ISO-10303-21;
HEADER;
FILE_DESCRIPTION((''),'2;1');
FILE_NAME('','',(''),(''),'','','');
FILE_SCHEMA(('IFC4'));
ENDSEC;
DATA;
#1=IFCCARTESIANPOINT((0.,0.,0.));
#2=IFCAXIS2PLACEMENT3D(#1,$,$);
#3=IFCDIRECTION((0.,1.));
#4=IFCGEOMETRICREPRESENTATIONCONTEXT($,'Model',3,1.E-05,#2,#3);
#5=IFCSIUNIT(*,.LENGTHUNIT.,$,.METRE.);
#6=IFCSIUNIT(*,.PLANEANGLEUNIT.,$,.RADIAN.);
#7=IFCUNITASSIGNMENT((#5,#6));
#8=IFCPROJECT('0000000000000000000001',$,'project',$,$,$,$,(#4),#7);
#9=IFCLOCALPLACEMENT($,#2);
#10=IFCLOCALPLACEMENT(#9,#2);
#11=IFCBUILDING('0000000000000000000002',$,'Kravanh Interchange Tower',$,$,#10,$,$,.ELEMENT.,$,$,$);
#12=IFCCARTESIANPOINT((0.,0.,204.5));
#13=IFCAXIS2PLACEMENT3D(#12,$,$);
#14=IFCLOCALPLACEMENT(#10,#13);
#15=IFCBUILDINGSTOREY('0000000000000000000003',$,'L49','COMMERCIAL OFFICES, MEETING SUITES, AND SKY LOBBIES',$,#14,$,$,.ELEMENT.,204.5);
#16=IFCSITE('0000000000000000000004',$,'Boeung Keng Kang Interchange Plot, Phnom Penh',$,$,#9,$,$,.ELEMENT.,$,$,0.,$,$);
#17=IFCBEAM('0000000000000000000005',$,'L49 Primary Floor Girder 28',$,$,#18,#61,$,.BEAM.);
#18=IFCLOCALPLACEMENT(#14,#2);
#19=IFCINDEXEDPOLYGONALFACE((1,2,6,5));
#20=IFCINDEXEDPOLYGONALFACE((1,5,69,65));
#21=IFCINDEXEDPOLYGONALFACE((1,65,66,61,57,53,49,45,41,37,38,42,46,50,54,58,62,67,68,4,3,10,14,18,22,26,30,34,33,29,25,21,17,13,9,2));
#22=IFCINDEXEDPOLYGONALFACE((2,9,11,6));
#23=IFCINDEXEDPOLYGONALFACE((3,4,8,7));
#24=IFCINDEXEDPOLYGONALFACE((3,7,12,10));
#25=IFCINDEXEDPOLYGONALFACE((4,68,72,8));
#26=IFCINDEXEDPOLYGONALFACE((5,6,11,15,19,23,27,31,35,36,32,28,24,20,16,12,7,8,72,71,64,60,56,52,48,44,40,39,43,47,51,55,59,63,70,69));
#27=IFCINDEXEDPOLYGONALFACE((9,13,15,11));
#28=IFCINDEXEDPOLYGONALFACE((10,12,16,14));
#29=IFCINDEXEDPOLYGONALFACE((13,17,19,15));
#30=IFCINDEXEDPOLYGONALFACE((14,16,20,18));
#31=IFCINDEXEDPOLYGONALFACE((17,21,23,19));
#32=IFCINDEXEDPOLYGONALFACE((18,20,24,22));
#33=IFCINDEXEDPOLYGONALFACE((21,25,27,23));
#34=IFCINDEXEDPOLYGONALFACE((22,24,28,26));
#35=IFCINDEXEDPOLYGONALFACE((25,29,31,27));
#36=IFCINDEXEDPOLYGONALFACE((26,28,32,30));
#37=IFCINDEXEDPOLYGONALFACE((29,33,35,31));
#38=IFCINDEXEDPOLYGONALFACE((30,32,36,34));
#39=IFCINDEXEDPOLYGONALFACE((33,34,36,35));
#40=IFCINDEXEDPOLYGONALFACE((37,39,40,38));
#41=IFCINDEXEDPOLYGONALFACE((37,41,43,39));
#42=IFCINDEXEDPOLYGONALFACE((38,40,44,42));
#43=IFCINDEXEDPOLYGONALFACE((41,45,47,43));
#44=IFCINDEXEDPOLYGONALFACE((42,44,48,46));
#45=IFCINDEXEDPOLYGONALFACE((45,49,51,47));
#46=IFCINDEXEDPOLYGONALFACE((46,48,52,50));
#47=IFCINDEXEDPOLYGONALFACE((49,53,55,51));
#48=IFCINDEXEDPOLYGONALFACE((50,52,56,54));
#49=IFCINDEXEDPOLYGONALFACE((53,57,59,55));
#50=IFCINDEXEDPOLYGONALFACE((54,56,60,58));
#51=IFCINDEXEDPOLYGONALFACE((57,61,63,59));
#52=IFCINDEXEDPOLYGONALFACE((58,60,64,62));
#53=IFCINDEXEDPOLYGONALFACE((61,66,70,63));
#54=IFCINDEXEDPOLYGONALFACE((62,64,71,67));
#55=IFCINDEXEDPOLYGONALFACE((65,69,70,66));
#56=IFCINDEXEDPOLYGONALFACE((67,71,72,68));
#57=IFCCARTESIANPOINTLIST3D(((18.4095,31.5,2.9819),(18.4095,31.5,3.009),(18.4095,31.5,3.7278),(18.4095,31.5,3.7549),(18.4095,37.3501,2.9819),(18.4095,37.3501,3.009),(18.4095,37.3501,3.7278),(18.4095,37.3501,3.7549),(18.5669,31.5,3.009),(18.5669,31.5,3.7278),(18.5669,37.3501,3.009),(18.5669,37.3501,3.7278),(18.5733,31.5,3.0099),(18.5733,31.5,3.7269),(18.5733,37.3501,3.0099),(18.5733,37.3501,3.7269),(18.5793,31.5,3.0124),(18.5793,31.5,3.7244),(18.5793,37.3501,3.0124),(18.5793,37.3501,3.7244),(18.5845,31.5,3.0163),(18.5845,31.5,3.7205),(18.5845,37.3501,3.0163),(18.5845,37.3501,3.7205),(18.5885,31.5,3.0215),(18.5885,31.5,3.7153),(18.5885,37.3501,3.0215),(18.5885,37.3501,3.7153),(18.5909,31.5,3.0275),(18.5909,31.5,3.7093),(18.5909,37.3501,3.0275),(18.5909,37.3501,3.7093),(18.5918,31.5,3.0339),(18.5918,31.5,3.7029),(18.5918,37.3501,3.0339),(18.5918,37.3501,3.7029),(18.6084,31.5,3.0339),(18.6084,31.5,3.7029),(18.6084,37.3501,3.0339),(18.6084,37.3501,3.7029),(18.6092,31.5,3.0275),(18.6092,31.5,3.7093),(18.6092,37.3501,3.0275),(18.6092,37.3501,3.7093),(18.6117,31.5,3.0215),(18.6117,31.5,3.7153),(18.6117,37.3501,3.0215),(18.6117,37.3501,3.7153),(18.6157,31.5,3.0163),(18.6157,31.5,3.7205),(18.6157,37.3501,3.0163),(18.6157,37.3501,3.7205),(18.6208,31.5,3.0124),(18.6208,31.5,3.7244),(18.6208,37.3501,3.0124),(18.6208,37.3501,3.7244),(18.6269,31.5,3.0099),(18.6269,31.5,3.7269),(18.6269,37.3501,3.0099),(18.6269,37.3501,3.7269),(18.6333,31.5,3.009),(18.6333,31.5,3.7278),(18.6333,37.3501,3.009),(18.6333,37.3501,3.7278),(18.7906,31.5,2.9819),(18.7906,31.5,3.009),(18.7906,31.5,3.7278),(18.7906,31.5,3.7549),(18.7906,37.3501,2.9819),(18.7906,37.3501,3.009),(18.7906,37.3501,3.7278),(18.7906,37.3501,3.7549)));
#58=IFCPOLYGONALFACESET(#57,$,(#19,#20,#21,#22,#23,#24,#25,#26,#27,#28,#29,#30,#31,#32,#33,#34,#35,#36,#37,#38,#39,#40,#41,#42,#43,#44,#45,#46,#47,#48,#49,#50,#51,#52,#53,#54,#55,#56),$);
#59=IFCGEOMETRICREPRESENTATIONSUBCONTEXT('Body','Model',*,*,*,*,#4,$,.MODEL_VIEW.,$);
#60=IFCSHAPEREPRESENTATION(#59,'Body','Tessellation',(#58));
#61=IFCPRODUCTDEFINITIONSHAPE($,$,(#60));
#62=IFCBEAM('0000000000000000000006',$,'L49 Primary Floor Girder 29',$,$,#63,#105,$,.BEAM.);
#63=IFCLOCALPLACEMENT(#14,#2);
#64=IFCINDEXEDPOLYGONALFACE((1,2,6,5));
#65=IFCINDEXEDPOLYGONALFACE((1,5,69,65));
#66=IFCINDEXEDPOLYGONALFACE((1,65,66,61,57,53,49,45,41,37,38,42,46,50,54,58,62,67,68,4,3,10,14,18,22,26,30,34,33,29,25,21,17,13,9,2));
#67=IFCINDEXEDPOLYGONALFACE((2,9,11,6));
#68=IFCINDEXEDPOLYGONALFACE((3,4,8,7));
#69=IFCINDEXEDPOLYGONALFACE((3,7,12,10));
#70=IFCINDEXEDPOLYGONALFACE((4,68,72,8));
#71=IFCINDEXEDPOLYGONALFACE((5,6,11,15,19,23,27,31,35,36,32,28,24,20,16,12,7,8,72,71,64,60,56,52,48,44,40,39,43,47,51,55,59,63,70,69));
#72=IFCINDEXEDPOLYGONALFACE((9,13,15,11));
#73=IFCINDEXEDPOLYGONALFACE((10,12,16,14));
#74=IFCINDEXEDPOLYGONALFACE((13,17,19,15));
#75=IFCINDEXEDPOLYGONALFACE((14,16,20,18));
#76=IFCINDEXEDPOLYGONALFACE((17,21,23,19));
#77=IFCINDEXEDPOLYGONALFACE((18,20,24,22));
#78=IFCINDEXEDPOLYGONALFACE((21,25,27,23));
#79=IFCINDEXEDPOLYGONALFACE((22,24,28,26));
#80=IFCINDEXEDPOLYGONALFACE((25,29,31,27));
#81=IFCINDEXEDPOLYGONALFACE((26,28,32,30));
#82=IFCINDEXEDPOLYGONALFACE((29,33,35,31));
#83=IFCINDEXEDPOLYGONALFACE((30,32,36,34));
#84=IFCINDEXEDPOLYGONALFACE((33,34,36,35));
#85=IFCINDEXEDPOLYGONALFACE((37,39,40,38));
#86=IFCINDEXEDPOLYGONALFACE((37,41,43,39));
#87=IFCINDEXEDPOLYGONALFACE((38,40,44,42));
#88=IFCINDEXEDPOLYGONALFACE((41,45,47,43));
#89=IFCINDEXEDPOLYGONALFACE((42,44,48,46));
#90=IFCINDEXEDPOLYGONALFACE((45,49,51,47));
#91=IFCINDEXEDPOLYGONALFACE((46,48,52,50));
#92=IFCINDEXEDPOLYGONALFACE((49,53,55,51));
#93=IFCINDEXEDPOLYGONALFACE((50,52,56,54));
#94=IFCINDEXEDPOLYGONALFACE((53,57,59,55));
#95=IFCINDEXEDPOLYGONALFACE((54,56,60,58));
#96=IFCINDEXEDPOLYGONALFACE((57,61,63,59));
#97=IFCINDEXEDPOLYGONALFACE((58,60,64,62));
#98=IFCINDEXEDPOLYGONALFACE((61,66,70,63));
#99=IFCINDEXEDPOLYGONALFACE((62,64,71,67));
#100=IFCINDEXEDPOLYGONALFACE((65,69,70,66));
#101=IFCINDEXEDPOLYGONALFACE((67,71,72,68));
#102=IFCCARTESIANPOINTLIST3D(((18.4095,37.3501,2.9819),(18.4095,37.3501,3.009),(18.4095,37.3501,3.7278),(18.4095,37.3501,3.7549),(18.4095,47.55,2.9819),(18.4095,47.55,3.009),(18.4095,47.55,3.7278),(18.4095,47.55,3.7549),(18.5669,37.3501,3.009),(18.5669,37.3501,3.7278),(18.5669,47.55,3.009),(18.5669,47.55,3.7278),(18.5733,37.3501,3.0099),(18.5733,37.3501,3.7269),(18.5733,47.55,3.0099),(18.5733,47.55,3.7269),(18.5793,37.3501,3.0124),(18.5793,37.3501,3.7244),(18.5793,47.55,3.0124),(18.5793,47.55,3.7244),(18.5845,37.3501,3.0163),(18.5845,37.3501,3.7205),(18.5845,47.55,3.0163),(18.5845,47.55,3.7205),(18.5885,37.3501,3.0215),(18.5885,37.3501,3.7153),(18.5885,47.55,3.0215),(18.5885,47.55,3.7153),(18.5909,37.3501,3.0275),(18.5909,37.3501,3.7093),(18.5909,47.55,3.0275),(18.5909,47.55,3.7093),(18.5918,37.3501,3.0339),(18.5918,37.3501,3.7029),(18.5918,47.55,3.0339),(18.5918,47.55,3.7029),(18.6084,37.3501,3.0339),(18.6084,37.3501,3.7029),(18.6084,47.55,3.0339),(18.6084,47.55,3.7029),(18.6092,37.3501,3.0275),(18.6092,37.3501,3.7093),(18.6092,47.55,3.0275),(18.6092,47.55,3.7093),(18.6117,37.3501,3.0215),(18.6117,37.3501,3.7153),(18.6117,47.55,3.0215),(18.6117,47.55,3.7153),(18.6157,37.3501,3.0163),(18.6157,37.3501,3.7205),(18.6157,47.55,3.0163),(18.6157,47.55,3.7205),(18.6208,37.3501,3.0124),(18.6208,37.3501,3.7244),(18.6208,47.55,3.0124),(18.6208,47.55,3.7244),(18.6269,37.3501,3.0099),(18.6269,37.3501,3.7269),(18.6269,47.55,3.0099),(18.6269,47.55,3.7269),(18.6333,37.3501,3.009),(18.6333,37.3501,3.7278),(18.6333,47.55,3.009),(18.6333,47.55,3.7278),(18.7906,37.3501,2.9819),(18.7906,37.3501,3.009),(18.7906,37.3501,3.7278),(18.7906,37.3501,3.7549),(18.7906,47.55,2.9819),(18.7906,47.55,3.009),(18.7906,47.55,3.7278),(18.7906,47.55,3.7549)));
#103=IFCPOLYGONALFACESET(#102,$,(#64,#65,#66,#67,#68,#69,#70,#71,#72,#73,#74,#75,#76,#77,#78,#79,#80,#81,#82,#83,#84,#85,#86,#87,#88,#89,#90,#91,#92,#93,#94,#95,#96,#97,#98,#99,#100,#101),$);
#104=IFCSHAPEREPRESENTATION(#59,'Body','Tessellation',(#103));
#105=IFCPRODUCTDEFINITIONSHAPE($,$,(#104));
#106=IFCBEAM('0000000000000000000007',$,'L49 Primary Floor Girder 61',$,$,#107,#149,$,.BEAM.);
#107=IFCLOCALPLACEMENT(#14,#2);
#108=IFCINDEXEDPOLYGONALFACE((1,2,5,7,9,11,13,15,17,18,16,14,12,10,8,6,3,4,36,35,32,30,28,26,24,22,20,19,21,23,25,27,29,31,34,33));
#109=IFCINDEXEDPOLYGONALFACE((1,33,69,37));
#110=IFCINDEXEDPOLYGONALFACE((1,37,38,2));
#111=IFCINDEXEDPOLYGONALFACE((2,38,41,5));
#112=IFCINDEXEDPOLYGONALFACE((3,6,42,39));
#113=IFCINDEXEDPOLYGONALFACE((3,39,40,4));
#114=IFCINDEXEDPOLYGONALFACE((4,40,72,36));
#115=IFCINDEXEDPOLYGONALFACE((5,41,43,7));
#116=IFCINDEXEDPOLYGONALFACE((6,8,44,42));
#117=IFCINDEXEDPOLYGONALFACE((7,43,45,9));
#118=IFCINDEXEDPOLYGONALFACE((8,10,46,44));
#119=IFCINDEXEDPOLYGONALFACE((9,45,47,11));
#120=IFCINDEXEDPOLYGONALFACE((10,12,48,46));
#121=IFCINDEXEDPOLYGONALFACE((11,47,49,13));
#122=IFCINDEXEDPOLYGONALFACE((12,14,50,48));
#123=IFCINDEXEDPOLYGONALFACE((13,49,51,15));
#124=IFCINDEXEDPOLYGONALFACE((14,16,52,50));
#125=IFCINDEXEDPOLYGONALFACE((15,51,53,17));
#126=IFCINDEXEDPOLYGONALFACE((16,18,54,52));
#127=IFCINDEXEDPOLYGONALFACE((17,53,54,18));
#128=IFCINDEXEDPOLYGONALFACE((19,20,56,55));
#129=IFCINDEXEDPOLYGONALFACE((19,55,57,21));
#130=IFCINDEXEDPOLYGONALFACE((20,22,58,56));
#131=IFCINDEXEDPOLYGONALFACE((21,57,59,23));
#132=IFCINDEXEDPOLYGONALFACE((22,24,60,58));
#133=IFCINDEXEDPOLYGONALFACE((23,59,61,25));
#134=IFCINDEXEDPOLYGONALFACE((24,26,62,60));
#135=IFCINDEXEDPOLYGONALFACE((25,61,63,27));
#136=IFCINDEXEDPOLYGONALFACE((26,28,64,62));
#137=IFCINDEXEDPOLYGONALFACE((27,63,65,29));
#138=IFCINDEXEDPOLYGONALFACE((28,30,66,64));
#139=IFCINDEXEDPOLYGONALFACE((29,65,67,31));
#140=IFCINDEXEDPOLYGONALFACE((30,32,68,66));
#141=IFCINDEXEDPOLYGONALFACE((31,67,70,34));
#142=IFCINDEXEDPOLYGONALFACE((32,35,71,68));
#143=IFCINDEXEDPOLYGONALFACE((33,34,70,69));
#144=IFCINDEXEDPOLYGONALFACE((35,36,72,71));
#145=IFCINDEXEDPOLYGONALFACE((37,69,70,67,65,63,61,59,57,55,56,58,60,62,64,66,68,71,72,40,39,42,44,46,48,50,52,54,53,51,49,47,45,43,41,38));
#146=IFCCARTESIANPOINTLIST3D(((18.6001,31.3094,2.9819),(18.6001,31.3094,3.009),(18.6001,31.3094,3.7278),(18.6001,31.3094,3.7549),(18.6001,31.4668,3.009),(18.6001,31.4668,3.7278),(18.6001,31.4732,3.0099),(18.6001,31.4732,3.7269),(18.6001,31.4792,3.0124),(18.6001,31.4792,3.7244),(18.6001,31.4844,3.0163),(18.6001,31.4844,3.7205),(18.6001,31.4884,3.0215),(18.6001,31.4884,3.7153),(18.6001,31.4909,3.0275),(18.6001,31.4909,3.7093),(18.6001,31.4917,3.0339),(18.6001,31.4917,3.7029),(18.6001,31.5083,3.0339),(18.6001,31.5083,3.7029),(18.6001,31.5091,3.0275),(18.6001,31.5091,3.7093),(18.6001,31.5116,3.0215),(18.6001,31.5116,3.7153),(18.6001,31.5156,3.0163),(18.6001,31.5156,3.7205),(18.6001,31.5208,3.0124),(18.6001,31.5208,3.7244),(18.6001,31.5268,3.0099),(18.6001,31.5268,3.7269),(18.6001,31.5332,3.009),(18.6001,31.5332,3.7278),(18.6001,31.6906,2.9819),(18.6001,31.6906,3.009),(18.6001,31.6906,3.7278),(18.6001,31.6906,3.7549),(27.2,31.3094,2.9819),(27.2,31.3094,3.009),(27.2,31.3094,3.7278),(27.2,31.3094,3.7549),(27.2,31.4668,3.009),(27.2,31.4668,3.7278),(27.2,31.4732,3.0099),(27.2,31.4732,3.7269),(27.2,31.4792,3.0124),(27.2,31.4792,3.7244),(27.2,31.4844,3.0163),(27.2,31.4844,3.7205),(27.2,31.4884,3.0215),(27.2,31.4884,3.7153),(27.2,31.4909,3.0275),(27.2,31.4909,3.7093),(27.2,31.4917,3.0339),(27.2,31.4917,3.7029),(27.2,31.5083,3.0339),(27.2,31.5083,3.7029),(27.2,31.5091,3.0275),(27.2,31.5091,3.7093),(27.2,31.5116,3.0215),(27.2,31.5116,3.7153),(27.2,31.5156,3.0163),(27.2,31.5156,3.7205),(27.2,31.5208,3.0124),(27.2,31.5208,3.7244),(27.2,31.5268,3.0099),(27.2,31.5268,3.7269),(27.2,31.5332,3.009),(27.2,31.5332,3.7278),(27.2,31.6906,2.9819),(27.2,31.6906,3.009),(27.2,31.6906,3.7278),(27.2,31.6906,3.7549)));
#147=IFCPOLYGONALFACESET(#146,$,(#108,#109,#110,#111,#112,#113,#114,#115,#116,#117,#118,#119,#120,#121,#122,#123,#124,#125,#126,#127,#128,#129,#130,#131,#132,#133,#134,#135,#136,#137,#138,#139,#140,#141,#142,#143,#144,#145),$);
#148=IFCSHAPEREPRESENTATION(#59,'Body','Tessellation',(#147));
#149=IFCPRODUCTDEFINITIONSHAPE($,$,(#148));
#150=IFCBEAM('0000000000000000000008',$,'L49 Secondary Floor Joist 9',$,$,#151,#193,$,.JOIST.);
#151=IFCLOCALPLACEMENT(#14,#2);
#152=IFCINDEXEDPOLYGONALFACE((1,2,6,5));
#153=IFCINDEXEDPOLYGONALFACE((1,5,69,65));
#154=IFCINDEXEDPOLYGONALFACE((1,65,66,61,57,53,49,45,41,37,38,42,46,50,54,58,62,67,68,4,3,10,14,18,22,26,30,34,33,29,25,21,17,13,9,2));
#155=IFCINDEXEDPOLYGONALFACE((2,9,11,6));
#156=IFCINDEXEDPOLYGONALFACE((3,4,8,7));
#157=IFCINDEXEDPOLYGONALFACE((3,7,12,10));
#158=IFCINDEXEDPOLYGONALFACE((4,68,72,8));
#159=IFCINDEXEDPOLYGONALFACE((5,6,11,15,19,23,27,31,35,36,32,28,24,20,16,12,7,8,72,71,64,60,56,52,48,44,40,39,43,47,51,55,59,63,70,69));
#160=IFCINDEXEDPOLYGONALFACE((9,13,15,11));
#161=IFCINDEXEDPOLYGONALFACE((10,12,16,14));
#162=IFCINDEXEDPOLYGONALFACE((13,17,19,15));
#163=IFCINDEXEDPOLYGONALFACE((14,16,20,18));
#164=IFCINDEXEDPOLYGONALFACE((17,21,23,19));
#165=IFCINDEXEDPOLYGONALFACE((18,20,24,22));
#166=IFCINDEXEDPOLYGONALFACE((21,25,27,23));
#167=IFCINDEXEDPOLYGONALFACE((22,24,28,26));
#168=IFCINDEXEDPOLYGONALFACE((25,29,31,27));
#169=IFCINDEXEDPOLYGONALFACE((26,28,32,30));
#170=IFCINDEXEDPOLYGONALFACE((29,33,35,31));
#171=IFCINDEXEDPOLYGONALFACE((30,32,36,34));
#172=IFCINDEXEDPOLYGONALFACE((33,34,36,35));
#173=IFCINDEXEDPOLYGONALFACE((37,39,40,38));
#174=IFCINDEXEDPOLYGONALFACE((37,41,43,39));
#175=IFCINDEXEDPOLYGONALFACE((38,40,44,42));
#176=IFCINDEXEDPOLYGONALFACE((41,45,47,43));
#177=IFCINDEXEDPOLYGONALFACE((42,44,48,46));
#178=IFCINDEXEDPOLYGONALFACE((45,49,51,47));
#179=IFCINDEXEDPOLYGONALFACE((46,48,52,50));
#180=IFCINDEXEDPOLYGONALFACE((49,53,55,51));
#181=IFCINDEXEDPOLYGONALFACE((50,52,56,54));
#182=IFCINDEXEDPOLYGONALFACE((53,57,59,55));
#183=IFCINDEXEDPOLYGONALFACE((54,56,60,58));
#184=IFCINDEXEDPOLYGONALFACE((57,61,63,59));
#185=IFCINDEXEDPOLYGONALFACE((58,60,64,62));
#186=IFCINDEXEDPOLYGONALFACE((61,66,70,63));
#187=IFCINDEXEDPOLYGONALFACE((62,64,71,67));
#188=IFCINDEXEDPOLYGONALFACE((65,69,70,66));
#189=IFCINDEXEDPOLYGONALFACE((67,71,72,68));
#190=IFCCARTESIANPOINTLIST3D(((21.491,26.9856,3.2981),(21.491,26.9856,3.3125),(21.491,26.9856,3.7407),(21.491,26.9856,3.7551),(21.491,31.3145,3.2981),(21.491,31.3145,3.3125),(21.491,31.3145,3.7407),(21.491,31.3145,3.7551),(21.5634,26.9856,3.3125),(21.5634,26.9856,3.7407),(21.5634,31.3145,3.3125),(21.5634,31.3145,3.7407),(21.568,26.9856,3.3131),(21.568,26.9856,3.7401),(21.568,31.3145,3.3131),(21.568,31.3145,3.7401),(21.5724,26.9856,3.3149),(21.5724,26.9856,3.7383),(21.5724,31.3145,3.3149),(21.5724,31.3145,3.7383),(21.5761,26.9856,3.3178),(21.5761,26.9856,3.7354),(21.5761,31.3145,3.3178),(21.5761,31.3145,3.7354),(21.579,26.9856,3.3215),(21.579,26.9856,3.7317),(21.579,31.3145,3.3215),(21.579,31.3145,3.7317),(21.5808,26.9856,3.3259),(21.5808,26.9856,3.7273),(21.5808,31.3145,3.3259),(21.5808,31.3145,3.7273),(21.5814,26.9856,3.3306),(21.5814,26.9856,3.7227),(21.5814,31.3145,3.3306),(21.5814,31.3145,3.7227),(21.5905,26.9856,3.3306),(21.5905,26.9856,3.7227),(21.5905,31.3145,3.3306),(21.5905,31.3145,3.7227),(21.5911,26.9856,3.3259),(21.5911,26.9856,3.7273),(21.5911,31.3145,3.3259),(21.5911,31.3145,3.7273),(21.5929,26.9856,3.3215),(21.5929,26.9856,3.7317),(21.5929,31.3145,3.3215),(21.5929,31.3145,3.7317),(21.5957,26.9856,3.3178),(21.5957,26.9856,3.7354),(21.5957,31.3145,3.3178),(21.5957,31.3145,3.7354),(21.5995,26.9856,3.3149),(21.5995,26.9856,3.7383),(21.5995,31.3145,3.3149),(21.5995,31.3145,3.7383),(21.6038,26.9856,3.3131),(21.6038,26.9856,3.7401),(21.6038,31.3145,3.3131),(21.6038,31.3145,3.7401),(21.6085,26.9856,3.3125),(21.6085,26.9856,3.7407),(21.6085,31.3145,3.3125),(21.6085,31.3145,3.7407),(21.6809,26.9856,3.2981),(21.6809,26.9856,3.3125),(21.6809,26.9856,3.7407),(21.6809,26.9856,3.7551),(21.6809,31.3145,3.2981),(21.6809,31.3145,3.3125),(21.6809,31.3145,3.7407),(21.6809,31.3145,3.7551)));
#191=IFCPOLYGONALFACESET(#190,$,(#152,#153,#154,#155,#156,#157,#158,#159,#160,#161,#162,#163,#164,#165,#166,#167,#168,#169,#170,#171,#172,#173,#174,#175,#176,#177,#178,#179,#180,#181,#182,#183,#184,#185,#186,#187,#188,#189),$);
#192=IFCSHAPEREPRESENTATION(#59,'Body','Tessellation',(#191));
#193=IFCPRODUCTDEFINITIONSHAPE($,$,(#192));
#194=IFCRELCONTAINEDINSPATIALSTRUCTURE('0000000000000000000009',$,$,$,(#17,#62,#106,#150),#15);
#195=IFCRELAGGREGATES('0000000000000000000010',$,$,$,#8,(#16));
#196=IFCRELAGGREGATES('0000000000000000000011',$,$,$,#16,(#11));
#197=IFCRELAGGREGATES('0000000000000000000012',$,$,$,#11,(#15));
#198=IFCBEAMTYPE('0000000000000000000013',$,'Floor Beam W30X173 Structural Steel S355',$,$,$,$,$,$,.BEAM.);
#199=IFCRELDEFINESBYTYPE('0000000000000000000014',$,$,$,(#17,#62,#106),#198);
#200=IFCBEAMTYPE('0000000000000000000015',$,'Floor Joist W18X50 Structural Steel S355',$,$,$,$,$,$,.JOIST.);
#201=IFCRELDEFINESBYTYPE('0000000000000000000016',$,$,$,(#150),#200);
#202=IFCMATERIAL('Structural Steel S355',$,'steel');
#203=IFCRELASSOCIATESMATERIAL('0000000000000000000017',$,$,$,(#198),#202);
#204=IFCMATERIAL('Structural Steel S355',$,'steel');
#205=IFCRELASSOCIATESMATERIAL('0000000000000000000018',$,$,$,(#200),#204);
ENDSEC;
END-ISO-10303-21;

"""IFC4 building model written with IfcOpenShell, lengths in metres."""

from ifc_helpers import new_model, si_unit, direction, frame, origin, origin_2d, place, context, subcontext, project, spatial, i_section, extrude, material, material_profile, profile_set, type_object, element, save


model = new_model("IFC4")

# Units and contexts
model_context = context("Model", 3, precision=1e-05, world=origin(), true_north=direction((0.0, 1.0)))
body_context = subcontext(model_context, "Body", "Model", "MODEL_VIEW")
ifc_project = project(units=[si_unit("LENGTHUNIT", "METRE"), si_unit("PLANEANGLEUNIT", "RADIAN")], contexts=[model_context])

# Site, building, storey
site_placement = place(None, origin())
site = spatial("IfcSite", under=ifc_project, at=site_placement, Name="Boeung Keng Kang Interchange Plot, Phnom Penh", CompositionType="ELEMENT", RefElevation=0.0)
building_placement = place(site_placement, origin())
building = spatial("IfcBuilding", under=site, at=building_placement, Name="Kravanh Interchange Tower", CompositionType="ELEMENT")
storey_placement = place(building_placement, frame((0.0, 0.0, 204.5)))
storey = spatial("IfcBuildingStorey", under=building, at=storey_placement, Name="L49", Description="COMMERCIAL OFFICES, MEETING SUITES, AND SKY LOBBIES", CompositionType="ELEMENT", Elevation=204.5)

# Beams
ifc_material_1 = material(Name="Structural Steel S355", Category="steel")
ifc_material_profile_1 = material_profile(ifc_material_1, i_section(OverallWidth=0.3811, OverallDepth=0.7729, WebThickness=0.0166, FlangeThickness=0.0271, FilletRadius=0.0249, at=origin_2d()), Name="W30X173")
ifc_profile_set_1 = profile_set([ifc_material_profile_1], Name="Structural Steel S355")
beam_type_1 = type_object("IfcBeamType", Name="Floor Beam W30X173 Structural Steel S355", PredefinedType="BEAM", material=ifc_profile_set_1)
beam_1_placement = place(storey_placement, frame((18.6001, 37.3501, 3.3684), z_axis=(0.0, -1.0, 0.0), x_axis=(1.0, 0.0, 0.0)))
element("IfcBeam", 1, at=beam_1_placement, inside=storey, type_object=beam_type_1, Name="L49 Primary Floor Girder 28", PredefinedType="BEAM", context=body_context, shape_type="SweptSolid", body=[
    extrude(i_section(OverallWidth=0.3811, OverallDepth=0.7729, WebThickness=0.0166, FlangeThickness=0.0271, FilletRadius=0.0249, at=origin_2d()), origin(), (0.0, 0.0, 1.0), 5.8501),
])
beam_2_placement = place(storey_placement, frame((18.6001, 37.3501, 3.3684), z_axis=(0.0, 1.0, 0.0), x_axis=(-1.0, 0.0, 0.0)))
element("IfcBeam", 2, at=beam_2_placement, inside=storey, type_object=beam_type_1, Name="L49 Primary Floor Girder 29", PredefinedType="BEAM", context=body_context, shape_type="SweptSolid", body=[
    extrude(i_section(OverallWidth=0.3811, OverallDepth=0.7729, WebThickness=0.0166, FlangeThickness=0.0271, FilletRadius=0.0249, at=origin_2d()), origin(), (0.0, 0.0, 1.0), 10.2),
])
beam_3_placement = place(storey_placement, frame((18.6001, 31.5, 3.3684), z_axis=(1.0, 0.0, 0.0), x_axis=(0.0, 1.0, 0.0)))
element("IfcBeam", 3, at=beam_3_placement, inside=storey, type_object=beam_type_1, Name="L49 Primary Floor Girder 61", PredefinedType="BEAM", context=body_context, shape_type="SweptSolid", body=[
    extrude(i_section(OverallWidth=0.3811, OverallDepth=0.7729, WebThickness=0.0166, FlangeThickness=0.0271, FilletRadius=0.0249, at=origin_2d()), origin(), (0.0, 0.0, 1.0), 8.5999),
])
ifc_material_2 = material(Name="Structural Steel S355", Category="steel")
ifc_material_profile_2 = material_profile(ifc_material_2, i_section(OverallWidth=0.1899, OverallDepth=0.457, WebThickness=0.009, FlangeThickness=0.0144, FilletRadius=0.0181, at=origin_2d()), Name="W18X50")
ifc_profile_set_2 = profile_set([ifc_material_profile_2], Name="Structural Steel S355")
beam_type_2 = type_object("IfcBeamType", Name="Floor Joist W18X50 Structural Steel S355", PredefinedType="JOIST", material=ifc_profile_set_2)
beam_4_placement = place(storey_placement, frame((21.5859, 26.9856, 3.5266), z_axis=(0.0, 1.0, 0.0), x_axis=(-1.0, 0.0, 0.0)))
element("IfcBeam", 4, at=beam_4_placement, inside=storey, type_object=beam_type_2, Name="L49 Secondary Floor Joist 9", PredefinedType="JOIST", context=body_context, shape_type="SweptSolid", body=[
    extrude(i_section(OverallWidth=0.1899, OverallDepth=0.457, WebThickness=0.009, FlangeThickness=0.0144, FilletRadius=0.0181, at=origin_2d()), origin(), (0.0, 0.0, 1.0), 4.3289),
])

save(model, "model.ifc")
